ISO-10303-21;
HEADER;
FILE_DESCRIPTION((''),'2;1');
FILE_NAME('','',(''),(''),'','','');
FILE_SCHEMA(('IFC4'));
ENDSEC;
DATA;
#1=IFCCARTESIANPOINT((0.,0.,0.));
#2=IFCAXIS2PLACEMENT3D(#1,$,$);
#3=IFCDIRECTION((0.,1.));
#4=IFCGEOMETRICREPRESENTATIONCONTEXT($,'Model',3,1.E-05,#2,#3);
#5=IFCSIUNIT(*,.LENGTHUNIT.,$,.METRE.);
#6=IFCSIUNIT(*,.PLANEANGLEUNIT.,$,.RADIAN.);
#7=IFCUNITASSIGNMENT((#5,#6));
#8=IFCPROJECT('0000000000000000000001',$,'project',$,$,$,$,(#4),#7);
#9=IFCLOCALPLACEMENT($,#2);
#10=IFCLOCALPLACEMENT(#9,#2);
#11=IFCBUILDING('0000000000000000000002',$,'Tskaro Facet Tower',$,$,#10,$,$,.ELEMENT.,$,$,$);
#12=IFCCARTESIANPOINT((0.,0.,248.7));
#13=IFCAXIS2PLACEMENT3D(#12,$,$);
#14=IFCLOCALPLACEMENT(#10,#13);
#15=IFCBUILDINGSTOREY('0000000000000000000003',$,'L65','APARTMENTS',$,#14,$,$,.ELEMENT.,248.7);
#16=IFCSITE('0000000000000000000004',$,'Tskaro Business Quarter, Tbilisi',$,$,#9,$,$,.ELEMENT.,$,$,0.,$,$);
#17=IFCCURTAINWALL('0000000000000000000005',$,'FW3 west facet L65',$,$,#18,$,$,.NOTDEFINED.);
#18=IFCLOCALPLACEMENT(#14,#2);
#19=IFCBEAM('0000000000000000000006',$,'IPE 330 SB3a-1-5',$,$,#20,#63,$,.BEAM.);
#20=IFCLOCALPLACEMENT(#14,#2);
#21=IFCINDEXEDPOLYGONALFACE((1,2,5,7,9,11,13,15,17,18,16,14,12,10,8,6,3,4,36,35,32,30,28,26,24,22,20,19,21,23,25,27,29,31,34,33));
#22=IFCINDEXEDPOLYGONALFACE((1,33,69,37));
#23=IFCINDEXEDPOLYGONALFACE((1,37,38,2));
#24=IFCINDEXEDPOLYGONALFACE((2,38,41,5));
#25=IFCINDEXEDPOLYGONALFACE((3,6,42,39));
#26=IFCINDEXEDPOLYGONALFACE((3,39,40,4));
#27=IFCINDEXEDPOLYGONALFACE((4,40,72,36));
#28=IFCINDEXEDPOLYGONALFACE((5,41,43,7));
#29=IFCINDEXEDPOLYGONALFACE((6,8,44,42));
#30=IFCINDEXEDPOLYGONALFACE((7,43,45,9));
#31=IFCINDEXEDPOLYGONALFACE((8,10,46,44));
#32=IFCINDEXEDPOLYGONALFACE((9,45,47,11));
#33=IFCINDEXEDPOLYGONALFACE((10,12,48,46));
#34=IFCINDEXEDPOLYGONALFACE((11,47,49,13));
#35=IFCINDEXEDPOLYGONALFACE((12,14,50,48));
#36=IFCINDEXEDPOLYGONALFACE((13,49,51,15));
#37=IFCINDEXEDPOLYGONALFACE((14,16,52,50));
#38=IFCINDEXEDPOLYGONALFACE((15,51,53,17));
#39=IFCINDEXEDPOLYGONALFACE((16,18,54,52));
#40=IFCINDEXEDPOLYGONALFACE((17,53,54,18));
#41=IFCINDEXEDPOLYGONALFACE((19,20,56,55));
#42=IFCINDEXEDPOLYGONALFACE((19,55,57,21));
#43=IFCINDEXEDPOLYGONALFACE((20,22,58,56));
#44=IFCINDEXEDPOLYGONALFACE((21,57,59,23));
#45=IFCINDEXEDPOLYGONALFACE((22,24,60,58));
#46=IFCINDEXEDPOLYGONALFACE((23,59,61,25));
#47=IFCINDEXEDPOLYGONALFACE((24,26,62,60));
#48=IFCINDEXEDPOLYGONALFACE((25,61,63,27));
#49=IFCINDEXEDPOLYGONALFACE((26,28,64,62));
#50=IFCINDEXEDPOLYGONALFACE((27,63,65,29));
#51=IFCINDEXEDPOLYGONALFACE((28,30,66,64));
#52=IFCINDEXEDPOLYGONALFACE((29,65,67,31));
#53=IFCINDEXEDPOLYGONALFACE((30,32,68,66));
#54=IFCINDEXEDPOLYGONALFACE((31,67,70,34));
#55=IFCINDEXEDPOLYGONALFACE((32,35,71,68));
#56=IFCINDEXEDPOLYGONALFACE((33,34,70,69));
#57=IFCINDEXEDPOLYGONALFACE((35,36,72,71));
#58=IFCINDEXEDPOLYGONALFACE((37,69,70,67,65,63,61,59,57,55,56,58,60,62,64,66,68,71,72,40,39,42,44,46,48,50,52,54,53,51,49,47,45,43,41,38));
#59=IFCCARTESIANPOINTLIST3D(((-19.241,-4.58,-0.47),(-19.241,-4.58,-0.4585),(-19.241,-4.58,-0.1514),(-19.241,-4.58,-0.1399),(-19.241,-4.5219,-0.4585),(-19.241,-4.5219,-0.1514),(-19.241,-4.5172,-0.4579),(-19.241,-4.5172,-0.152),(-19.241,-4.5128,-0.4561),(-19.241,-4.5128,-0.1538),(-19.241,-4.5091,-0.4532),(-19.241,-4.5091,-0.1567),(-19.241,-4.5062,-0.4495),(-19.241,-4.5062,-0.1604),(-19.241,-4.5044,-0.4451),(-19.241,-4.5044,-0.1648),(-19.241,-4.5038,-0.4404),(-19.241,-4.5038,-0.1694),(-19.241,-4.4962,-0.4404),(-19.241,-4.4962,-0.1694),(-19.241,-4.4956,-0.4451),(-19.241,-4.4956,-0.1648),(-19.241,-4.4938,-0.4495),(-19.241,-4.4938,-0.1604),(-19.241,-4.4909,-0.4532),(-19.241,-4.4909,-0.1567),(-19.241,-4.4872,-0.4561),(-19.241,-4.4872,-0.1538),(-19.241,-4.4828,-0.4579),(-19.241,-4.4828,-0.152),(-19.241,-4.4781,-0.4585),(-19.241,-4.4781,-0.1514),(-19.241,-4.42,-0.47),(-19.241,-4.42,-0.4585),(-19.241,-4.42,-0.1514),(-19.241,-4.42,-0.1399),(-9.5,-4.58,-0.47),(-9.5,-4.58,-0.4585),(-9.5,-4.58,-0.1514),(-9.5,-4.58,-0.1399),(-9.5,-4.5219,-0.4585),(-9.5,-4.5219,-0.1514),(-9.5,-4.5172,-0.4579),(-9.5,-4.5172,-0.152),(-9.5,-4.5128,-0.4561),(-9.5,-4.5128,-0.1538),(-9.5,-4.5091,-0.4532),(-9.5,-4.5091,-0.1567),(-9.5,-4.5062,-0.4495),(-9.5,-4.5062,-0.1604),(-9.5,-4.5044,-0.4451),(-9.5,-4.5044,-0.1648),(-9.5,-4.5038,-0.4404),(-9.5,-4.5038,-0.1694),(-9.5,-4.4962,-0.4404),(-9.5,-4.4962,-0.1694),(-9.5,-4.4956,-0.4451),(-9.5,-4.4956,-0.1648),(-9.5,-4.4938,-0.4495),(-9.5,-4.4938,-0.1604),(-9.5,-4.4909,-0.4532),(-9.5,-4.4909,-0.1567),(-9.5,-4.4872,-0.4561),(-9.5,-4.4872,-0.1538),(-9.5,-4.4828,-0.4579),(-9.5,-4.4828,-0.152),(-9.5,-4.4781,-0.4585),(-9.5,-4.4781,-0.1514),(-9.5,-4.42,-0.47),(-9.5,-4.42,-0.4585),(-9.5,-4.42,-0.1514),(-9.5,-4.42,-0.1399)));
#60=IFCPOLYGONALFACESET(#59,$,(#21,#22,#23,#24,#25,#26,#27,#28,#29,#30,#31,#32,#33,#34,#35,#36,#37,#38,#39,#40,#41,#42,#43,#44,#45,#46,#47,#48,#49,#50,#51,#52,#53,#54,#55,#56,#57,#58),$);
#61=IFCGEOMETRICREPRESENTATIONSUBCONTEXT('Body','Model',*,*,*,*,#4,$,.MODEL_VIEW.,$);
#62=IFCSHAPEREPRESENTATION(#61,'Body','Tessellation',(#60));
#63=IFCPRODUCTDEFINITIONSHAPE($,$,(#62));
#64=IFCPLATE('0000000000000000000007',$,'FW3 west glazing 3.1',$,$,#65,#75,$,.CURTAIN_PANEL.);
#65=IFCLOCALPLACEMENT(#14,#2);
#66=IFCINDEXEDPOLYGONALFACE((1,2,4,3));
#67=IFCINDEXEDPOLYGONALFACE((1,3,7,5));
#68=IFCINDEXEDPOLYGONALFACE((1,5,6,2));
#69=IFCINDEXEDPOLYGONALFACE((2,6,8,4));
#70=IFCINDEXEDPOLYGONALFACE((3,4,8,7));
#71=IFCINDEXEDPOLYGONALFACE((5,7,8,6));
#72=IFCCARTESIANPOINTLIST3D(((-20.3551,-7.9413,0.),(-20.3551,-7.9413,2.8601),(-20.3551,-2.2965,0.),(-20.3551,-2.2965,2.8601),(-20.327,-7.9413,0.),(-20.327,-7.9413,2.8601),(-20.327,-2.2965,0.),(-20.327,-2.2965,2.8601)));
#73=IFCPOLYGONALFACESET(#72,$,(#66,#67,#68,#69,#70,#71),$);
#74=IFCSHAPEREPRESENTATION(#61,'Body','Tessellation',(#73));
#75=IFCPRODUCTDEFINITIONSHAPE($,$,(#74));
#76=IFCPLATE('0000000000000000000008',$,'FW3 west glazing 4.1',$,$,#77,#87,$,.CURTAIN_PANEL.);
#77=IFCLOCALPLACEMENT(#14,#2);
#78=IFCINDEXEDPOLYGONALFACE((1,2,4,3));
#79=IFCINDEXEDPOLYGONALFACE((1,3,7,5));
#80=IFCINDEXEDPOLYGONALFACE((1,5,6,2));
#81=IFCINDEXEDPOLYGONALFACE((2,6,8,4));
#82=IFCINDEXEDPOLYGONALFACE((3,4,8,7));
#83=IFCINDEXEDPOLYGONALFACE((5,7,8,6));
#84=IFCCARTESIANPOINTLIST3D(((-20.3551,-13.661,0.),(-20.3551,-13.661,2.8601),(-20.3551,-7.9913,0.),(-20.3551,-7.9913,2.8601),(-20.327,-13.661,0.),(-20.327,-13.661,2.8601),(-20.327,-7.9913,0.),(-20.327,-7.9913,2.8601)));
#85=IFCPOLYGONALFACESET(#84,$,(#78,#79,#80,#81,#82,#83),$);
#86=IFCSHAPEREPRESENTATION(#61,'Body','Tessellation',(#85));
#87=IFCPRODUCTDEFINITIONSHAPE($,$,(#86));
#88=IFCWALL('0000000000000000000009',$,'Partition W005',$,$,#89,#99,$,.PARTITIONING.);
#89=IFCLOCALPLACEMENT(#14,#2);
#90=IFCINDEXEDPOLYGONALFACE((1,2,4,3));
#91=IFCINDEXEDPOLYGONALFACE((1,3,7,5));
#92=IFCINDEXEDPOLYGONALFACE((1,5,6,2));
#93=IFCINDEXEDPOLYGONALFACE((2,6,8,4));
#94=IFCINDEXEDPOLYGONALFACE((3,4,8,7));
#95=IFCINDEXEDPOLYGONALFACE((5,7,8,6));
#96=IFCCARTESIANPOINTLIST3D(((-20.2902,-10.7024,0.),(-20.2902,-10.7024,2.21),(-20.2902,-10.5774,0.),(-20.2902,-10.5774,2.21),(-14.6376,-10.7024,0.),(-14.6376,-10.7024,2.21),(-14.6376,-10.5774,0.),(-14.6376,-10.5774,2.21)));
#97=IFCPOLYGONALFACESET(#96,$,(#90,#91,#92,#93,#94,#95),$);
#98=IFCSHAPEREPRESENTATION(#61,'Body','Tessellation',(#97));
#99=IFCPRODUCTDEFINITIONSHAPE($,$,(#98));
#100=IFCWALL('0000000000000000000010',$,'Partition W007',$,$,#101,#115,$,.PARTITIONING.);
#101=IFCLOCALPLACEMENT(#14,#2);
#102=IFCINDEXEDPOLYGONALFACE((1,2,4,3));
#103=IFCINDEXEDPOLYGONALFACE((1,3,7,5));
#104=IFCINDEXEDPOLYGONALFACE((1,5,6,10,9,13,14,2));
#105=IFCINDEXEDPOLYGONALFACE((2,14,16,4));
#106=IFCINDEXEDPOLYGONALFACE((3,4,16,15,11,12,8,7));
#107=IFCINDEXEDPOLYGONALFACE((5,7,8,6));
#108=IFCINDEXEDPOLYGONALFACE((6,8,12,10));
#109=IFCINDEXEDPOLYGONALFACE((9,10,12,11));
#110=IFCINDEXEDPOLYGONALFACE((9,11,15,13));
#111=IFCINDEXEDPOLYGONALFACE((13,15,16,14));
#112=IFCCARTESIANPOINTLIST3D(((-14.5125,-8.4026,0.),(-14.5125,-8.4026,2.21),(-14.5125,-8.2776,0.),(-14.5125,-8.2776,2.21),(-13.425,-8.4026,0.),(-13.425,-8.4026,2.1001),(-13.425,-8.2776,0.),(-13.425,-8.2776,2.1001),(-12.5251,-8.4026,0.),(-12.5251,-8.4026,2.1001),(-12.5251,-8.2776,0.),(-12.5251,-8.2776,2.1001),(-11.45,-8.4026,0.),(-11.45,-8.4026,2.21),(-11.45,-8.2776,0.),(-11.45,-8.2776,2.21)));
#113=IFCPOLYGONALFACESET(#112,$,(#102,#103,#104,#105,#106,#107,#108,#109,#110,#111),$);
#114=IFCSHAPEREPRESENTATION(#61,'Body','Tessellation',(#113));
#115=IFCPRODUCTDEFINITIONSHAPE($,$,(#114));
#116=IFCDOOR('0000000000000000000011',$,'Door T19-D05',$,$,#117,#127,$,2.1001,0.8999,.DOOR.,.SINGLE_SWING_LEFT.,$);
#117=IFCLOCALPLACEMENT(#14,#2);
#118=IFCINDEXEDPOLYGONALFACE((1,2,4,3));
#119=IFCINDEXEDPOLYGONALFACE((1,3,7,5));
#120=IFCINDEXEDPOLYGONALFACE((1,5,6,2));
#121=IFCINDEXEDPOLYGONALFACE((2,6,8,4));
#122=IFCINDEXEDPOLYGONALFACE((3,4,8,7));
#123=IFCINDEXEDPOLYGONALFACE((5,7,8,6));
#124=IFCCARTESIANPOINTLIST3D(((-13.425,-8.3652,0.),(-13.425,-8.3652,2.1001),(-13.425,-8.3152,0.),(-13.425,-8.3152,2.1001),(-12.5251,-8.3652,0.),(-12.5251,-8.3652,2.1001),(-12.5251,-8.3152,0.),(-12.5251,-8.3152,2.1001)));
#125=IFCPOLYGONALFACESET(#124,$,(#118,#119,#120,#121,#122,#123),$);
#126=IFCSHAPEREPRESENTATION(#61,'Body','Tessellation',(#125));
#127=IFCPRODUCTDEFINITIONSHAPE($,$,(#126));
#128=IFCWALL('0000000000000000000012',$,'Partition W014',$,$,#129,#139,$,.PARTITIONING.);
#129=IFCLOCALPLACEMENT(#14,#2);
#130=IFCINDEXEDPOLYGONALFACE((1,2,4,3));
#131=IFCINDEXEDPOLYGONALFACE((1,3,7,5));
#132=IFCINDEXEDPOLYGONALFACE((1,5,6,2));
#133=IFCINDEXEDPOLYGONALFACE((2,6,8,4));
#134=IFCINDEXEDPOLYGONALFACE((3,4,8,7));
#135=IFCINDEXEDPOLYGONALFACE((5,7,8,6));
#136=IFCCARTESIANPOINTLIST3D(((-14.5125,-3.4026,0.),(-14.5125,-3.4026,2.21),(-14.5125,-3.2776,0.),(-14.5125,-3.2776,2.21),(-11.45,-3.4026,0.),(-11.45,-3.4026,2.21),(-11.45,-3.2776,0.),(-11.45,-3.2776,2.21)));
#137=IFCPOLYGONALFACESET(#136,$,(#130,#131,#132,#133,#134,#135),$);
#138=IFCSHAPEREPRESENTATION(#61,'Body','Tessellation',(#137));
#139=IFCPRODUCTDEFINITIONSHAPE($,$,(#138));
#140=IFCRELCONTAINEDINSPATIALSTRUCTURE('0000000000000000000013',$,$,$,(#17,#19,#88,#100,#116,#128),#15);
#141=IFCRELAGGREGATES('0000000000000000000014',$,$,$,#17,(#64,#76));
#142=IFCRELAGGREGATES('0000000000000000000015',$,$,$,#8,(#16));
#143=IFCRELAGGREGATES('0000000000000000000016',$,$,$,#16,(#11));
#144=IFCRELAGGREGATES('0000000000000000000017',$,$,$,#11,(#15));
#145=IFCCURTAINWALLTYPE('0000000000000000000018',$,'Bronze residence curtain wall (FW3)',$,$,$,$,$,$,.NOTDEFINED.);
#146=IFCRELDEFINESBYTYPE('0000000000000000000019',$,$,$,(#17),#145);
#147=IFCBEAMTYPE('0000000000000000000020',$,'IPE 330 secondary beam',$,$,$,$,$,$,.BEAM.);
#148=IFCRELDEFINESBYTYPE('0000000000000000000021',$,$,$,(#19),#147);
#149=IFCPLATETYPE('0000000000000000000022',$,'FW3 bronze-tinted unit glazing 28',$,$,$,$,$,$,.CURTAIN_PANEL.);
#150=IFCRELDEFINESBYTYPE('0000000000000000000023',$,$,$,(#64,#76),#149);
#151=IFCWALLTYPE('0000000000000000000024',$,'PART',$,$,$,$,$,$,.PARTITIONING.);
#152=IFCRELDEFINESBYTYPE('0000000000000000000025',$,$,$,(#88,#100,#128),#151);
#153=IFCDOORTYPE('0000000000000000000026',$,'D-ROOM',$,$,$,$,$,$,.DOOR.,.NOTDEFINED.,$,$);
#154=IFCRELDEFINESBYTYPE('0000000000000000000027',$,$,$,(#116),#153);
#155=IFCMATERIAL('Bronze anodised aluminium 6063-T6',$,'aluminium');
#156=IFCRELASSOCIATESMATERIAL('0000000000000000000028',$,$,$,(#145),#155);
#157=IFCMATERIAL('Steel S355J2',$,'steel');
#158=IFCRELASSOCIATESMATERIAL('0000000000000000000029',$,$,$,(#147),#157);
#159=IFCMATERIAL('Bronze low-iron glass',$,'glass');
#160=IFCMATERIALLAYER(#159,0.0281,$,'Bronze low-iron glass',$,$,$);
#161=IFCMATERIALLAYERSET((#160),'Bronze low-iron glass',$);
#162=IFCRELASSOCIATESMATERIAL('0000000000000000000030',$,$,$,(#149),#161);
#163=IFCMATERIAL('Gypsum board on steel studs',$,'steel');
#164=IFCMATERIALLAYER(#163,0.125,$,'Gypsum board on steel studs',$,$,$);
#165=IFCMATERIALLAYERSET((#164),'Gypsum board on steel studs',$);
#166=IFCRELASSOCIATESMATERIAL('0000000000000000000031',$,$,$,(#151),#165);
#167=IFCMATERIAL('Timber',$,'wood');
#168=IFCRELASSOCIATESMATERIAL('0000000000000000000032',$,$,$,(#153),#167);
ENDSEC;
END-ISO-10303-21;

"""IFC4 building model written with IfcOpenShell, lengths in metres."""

from ifc_helpers import new_model, si_unit, direction, frame, frame_2d, origin, origin_2d, place, context, subcontext, project, spatial, rectangle, i_section, extrude, material, layer, layer_set, material_profile, profile_set, type_object, element, fill, aggregate, save


model = new_model("IFC4")

# Units and contexts
model_context = context("Model", 3, precision=1e-05, world=origin(), true_north=direction((0.0, 1.0)))
body_context = subcontext(model_context, "Body", "Model", "MODEL_VIEW")
ifc_project = project(units=[si_unit("LENGTHUNIT", "METRE"), si_unit("PLANEANGLEUNIT", "RADIAN")], contexts=[model_context])

# Site, building, storey
site_placement = place(None, origin())
site = spatial("IfcSite", under=ifc_project, at=site_placement, Name="Tskaro Business Quarter, Tbilisi", CompositionType="ELEMENT", RefElevation=0.0)
building_placement = place(site_placement, origin())
building = spatial("IfcBuilding", under=site, at=building_placement, Name="Tskaro Facet Tower", CompositionType="ELEMENT")
storey_placement = place(building_placement, frame((0.0, 0.0, 248.7)))
storey = spatial("IfcBuildingStorey", under=building, at=storey_placement, Name="L65", Description="APARTMENTS", CompositionType="ELEMENT", Elevation=248.7)

# Curtain wall
ifc_material_1 = material(Name="Bronze anodised aluminium 6063-T6", Category="aluminium")
curtain_wall_type = type_object("IfcCurtainWallType", Name="Bronze residence curtain wall (FW3)", PredefinedType="NOTDEFINED", material=ifc_material_1)
curtain_wall_placement = place(storey_placement, origin())
curtain_wall = element("IfcCurtainWall", 1, at=curtain_wall_placement, inside=storey, type_object=curtain_wall_type, Name="FW3 west facet L65", PredefinedType="NOTDEFINED")

# Beam
ifc_material_2 = material(Name="Steel S355J2", Category="steel")
ifc_material_profile_1 = material_profile(ifc_material_2, i_section(OverallWidth=0.1599, OverallDepth=0.3301, WebThickness=0.0076, FlangeThickness=0.0115, FilletRadius=0.0181, at=origin_2d()), Name="IPE 330")
ifc_profile_set_1 = profile_set([ifc_material_profile_1], Name="Steel S355J2")
beam_type_1 = type_object("IfcBeamType", Name="IPE 330 secondary beam", PredefinedType="BEAM", material=ifc_profile_set_1)
beam_1_placement = place(storey_placement, frame((-19.241, -4.5, -0.3049), z_axis=(1.0, 0.0, 0.0), x_axis=(0.0, 1.0, 0.0)))
element("IfcBeam", 2, at=beam_1_placement, inside=storey, type_object=beam_type_1, Name="IPE 330 SB3a-1-5", PredefinedType="BEAM", context=body_context, shape_type="SweptSolid", body=[
    extrude(i_section(OverallWidth=0.1599, OverallDepth=0.3301, WebThickness=0.0076, FlangeThickness=0.0115, FilletRadius=0.0181, at=origin_2d()), origin(), (0.0, 0.0, 1.0), 9.741),
])

# Plates
ifc_material_3 = material(Name="Bronze low-iron glass", Category="glass")
ifc_layer_1 = layer(ifc_material_3, 0.0281, Name="Bronze low-iron glass")
ifc_layer_set_1 = layer_set([ifc_layer_1], Name="Bronze low-iron glass")
plate_type = type_object("IfcPlateType", Name="FW3 bronze-tinted unit glazing 28", PredefinedType="CURTAIN_PANEL", material=ifc_layer_set_1)
plate_1_placement = place(storey_placement, frame((-20.3411, -5.1189, 0.0), z_axis=(0.0, 0.0, 1.0), x_axis=(0.0, -1.0, 0.0)))
plate_1 = element("IfcPlate", 3, at=plate_1_placement, type_object=plate_type, Name="FW3 west glazing 3.1", PredefinedType="CURTAIN_PANEL", context=body_context, shape_type="SweptSolid", body=[
    extrude(rectangle(XDim=5.6448, YDim=0.0281, at=origin_2d()), origin(), (0.0, 0.0, 1.0), 2.8601),
])
plate_2_placement = place(storey_placement, frame((-20.3411, -10.8262, 0.0), z_axis=(0.0, 0.0, 1.0), x_axis=(0.0, -1.0, 0.0)))
plate_2 = element("IfcPlate", 4, at=plate_2_placement, type_object=plate_type, Name="FW3 west glazing 4.1", PredefinedType="CURTAIN_PANEL", context=body_context, shape_type="SweptSolid", body=[
    extrude(rectangle(XDim=5.6697, YDim=0.0281, at=origin_2d()), origin(), (0.0, 0.0, 1.0), 2.8601),
])
aggregate(curtain_wall, [plate_1, plate_2])

# Wall
ifc_material_4 = material(Name="Gypsum board on steel studs", Category="steel")
ifc_layer_2 = layer(ifc_material_4, 0.125, Name="Gypsum board on steel studs")
ifc_layer_set_2 = layer_set([ifc_layer_2], Name="Gypsum board on steel studs")
wall_type_1 = type_object("IfcWallType", Name="PART", PredefinedType="PARTITIONING", material=ifc_layer_set_2)
wall_1_placement = place(storey_placement, frame((-20.29, -10.6399, 0.0), z_axis=(0.0, 0.0, 1.0), x_axis=(1.0, 0.0, 0.0)))
element("IfcWall", 5, at=wall_1_placement, inside=storey, type_object=wall_type_1, Name="Partition W005", PredefinedType="PARTITIONING", context=body_context, shape_type="SweptSolid", body=[
    extrude(rectangle(XDim=5.6526, YDim=0.125, at=frame_2d((2.8262, 0.0))), origin(), (0.0, 0.0, 1.0), 2.21),
])

# Wall, opening, door
wall_2_placement = place(storey_placement, frame((-14.5125, -8.3401, 0.0), z_axis=(0.0, 0.0, 1.0), x_axis=(1.0, 0.0, 0.0)))
wall_2 = element("IfcWall", 6, at=wall_2_placement, inside=storey, type_object=wall_type_1, Name="Partition W007", PredefinedType="PARTITIONING", context=body_context, shape_type="SweptSolid", body=[
    extrude(rectangle(XDim=3.0625, YDim=0.125, at=frame_2d((1.5312, 0.0))), origin(), (0.0, 0.0, 1.0), 2.21),
])
opening_1_placement = place(wall_2_placement, frame((1.0874, 0.0, 0.0)))
opening_1 = element("IfcOpeningElement", 7, at=opening_1_placement, cuts=wall_2, PredefinedType="OPENING", context=body_context, shape_type="SweptSolid", body=[
    extrude(rectangle(XDim=0.8999, YDim=2.1001, at=frame_2d((0.45, 1.05))), frame((0.0, 0.0725, 0.0), z_axis=(0.0, -1.0, 0.0), x_axis=(1.0, 0.0, 0.0)), (0.0, 0.0, 1.0), 0.145),
])
ifc_material_5 = material(Name="Timber", Category="wood")
door_type_1 = type_object("IfcDoorType", Name="D-ROOM", OperationType="NOTDEFINED", PredefinedType="DOOR", material=ifc_material_5)
door_1_placement = place(opening_1_placement, origin())
door_1 = element("IfcDoor", 8, at=door_1_placement, inside=storey, type_object=door_type_1, Name="Door T19-D05", OperationType="SINGLE_SWING_LEFT", OverallHeight=2.1001, OverallWidth=0.8999, PredefinedType="DOOR", context=body_context, shape_type="SweptSolid", body=[
    extrude(rectangle(XDim=0.8999, YDim=2.1001, at=frame_2d((0.45, 1.05))), frame((0.0, 0.0249, 0.0), z_axis=(0.0, -1.0, 0.0), x_axis=(1.0, 0.0, 0.0)), (0.0, 0.0, 1.0), 0.05),
])
fill(opening_1, door_1)

# Wall
wall_3_placement = place(storey_placement, frame((-14.5125, -3.3401, 0.0), z_axis=(0.0, 0.0, 1.0), x_axis=(1.0, 0.0, 0.0)))
element("IfcWall", 9, at=wall_3_placement, inside=storey, type_object=wall_type_1, Name="Partition W014", PredefinedType="PARTITIONING", context=body_context, shape_type="SweptSolid", body=[
    extrude(rectangle(XDim=3.0625, YDim=0.125, at=frame_2d((1.5312, 0.0))), origin(), (0.0, 0.0, 1.0), 2.21),
])

save(model, "model.ifc")
